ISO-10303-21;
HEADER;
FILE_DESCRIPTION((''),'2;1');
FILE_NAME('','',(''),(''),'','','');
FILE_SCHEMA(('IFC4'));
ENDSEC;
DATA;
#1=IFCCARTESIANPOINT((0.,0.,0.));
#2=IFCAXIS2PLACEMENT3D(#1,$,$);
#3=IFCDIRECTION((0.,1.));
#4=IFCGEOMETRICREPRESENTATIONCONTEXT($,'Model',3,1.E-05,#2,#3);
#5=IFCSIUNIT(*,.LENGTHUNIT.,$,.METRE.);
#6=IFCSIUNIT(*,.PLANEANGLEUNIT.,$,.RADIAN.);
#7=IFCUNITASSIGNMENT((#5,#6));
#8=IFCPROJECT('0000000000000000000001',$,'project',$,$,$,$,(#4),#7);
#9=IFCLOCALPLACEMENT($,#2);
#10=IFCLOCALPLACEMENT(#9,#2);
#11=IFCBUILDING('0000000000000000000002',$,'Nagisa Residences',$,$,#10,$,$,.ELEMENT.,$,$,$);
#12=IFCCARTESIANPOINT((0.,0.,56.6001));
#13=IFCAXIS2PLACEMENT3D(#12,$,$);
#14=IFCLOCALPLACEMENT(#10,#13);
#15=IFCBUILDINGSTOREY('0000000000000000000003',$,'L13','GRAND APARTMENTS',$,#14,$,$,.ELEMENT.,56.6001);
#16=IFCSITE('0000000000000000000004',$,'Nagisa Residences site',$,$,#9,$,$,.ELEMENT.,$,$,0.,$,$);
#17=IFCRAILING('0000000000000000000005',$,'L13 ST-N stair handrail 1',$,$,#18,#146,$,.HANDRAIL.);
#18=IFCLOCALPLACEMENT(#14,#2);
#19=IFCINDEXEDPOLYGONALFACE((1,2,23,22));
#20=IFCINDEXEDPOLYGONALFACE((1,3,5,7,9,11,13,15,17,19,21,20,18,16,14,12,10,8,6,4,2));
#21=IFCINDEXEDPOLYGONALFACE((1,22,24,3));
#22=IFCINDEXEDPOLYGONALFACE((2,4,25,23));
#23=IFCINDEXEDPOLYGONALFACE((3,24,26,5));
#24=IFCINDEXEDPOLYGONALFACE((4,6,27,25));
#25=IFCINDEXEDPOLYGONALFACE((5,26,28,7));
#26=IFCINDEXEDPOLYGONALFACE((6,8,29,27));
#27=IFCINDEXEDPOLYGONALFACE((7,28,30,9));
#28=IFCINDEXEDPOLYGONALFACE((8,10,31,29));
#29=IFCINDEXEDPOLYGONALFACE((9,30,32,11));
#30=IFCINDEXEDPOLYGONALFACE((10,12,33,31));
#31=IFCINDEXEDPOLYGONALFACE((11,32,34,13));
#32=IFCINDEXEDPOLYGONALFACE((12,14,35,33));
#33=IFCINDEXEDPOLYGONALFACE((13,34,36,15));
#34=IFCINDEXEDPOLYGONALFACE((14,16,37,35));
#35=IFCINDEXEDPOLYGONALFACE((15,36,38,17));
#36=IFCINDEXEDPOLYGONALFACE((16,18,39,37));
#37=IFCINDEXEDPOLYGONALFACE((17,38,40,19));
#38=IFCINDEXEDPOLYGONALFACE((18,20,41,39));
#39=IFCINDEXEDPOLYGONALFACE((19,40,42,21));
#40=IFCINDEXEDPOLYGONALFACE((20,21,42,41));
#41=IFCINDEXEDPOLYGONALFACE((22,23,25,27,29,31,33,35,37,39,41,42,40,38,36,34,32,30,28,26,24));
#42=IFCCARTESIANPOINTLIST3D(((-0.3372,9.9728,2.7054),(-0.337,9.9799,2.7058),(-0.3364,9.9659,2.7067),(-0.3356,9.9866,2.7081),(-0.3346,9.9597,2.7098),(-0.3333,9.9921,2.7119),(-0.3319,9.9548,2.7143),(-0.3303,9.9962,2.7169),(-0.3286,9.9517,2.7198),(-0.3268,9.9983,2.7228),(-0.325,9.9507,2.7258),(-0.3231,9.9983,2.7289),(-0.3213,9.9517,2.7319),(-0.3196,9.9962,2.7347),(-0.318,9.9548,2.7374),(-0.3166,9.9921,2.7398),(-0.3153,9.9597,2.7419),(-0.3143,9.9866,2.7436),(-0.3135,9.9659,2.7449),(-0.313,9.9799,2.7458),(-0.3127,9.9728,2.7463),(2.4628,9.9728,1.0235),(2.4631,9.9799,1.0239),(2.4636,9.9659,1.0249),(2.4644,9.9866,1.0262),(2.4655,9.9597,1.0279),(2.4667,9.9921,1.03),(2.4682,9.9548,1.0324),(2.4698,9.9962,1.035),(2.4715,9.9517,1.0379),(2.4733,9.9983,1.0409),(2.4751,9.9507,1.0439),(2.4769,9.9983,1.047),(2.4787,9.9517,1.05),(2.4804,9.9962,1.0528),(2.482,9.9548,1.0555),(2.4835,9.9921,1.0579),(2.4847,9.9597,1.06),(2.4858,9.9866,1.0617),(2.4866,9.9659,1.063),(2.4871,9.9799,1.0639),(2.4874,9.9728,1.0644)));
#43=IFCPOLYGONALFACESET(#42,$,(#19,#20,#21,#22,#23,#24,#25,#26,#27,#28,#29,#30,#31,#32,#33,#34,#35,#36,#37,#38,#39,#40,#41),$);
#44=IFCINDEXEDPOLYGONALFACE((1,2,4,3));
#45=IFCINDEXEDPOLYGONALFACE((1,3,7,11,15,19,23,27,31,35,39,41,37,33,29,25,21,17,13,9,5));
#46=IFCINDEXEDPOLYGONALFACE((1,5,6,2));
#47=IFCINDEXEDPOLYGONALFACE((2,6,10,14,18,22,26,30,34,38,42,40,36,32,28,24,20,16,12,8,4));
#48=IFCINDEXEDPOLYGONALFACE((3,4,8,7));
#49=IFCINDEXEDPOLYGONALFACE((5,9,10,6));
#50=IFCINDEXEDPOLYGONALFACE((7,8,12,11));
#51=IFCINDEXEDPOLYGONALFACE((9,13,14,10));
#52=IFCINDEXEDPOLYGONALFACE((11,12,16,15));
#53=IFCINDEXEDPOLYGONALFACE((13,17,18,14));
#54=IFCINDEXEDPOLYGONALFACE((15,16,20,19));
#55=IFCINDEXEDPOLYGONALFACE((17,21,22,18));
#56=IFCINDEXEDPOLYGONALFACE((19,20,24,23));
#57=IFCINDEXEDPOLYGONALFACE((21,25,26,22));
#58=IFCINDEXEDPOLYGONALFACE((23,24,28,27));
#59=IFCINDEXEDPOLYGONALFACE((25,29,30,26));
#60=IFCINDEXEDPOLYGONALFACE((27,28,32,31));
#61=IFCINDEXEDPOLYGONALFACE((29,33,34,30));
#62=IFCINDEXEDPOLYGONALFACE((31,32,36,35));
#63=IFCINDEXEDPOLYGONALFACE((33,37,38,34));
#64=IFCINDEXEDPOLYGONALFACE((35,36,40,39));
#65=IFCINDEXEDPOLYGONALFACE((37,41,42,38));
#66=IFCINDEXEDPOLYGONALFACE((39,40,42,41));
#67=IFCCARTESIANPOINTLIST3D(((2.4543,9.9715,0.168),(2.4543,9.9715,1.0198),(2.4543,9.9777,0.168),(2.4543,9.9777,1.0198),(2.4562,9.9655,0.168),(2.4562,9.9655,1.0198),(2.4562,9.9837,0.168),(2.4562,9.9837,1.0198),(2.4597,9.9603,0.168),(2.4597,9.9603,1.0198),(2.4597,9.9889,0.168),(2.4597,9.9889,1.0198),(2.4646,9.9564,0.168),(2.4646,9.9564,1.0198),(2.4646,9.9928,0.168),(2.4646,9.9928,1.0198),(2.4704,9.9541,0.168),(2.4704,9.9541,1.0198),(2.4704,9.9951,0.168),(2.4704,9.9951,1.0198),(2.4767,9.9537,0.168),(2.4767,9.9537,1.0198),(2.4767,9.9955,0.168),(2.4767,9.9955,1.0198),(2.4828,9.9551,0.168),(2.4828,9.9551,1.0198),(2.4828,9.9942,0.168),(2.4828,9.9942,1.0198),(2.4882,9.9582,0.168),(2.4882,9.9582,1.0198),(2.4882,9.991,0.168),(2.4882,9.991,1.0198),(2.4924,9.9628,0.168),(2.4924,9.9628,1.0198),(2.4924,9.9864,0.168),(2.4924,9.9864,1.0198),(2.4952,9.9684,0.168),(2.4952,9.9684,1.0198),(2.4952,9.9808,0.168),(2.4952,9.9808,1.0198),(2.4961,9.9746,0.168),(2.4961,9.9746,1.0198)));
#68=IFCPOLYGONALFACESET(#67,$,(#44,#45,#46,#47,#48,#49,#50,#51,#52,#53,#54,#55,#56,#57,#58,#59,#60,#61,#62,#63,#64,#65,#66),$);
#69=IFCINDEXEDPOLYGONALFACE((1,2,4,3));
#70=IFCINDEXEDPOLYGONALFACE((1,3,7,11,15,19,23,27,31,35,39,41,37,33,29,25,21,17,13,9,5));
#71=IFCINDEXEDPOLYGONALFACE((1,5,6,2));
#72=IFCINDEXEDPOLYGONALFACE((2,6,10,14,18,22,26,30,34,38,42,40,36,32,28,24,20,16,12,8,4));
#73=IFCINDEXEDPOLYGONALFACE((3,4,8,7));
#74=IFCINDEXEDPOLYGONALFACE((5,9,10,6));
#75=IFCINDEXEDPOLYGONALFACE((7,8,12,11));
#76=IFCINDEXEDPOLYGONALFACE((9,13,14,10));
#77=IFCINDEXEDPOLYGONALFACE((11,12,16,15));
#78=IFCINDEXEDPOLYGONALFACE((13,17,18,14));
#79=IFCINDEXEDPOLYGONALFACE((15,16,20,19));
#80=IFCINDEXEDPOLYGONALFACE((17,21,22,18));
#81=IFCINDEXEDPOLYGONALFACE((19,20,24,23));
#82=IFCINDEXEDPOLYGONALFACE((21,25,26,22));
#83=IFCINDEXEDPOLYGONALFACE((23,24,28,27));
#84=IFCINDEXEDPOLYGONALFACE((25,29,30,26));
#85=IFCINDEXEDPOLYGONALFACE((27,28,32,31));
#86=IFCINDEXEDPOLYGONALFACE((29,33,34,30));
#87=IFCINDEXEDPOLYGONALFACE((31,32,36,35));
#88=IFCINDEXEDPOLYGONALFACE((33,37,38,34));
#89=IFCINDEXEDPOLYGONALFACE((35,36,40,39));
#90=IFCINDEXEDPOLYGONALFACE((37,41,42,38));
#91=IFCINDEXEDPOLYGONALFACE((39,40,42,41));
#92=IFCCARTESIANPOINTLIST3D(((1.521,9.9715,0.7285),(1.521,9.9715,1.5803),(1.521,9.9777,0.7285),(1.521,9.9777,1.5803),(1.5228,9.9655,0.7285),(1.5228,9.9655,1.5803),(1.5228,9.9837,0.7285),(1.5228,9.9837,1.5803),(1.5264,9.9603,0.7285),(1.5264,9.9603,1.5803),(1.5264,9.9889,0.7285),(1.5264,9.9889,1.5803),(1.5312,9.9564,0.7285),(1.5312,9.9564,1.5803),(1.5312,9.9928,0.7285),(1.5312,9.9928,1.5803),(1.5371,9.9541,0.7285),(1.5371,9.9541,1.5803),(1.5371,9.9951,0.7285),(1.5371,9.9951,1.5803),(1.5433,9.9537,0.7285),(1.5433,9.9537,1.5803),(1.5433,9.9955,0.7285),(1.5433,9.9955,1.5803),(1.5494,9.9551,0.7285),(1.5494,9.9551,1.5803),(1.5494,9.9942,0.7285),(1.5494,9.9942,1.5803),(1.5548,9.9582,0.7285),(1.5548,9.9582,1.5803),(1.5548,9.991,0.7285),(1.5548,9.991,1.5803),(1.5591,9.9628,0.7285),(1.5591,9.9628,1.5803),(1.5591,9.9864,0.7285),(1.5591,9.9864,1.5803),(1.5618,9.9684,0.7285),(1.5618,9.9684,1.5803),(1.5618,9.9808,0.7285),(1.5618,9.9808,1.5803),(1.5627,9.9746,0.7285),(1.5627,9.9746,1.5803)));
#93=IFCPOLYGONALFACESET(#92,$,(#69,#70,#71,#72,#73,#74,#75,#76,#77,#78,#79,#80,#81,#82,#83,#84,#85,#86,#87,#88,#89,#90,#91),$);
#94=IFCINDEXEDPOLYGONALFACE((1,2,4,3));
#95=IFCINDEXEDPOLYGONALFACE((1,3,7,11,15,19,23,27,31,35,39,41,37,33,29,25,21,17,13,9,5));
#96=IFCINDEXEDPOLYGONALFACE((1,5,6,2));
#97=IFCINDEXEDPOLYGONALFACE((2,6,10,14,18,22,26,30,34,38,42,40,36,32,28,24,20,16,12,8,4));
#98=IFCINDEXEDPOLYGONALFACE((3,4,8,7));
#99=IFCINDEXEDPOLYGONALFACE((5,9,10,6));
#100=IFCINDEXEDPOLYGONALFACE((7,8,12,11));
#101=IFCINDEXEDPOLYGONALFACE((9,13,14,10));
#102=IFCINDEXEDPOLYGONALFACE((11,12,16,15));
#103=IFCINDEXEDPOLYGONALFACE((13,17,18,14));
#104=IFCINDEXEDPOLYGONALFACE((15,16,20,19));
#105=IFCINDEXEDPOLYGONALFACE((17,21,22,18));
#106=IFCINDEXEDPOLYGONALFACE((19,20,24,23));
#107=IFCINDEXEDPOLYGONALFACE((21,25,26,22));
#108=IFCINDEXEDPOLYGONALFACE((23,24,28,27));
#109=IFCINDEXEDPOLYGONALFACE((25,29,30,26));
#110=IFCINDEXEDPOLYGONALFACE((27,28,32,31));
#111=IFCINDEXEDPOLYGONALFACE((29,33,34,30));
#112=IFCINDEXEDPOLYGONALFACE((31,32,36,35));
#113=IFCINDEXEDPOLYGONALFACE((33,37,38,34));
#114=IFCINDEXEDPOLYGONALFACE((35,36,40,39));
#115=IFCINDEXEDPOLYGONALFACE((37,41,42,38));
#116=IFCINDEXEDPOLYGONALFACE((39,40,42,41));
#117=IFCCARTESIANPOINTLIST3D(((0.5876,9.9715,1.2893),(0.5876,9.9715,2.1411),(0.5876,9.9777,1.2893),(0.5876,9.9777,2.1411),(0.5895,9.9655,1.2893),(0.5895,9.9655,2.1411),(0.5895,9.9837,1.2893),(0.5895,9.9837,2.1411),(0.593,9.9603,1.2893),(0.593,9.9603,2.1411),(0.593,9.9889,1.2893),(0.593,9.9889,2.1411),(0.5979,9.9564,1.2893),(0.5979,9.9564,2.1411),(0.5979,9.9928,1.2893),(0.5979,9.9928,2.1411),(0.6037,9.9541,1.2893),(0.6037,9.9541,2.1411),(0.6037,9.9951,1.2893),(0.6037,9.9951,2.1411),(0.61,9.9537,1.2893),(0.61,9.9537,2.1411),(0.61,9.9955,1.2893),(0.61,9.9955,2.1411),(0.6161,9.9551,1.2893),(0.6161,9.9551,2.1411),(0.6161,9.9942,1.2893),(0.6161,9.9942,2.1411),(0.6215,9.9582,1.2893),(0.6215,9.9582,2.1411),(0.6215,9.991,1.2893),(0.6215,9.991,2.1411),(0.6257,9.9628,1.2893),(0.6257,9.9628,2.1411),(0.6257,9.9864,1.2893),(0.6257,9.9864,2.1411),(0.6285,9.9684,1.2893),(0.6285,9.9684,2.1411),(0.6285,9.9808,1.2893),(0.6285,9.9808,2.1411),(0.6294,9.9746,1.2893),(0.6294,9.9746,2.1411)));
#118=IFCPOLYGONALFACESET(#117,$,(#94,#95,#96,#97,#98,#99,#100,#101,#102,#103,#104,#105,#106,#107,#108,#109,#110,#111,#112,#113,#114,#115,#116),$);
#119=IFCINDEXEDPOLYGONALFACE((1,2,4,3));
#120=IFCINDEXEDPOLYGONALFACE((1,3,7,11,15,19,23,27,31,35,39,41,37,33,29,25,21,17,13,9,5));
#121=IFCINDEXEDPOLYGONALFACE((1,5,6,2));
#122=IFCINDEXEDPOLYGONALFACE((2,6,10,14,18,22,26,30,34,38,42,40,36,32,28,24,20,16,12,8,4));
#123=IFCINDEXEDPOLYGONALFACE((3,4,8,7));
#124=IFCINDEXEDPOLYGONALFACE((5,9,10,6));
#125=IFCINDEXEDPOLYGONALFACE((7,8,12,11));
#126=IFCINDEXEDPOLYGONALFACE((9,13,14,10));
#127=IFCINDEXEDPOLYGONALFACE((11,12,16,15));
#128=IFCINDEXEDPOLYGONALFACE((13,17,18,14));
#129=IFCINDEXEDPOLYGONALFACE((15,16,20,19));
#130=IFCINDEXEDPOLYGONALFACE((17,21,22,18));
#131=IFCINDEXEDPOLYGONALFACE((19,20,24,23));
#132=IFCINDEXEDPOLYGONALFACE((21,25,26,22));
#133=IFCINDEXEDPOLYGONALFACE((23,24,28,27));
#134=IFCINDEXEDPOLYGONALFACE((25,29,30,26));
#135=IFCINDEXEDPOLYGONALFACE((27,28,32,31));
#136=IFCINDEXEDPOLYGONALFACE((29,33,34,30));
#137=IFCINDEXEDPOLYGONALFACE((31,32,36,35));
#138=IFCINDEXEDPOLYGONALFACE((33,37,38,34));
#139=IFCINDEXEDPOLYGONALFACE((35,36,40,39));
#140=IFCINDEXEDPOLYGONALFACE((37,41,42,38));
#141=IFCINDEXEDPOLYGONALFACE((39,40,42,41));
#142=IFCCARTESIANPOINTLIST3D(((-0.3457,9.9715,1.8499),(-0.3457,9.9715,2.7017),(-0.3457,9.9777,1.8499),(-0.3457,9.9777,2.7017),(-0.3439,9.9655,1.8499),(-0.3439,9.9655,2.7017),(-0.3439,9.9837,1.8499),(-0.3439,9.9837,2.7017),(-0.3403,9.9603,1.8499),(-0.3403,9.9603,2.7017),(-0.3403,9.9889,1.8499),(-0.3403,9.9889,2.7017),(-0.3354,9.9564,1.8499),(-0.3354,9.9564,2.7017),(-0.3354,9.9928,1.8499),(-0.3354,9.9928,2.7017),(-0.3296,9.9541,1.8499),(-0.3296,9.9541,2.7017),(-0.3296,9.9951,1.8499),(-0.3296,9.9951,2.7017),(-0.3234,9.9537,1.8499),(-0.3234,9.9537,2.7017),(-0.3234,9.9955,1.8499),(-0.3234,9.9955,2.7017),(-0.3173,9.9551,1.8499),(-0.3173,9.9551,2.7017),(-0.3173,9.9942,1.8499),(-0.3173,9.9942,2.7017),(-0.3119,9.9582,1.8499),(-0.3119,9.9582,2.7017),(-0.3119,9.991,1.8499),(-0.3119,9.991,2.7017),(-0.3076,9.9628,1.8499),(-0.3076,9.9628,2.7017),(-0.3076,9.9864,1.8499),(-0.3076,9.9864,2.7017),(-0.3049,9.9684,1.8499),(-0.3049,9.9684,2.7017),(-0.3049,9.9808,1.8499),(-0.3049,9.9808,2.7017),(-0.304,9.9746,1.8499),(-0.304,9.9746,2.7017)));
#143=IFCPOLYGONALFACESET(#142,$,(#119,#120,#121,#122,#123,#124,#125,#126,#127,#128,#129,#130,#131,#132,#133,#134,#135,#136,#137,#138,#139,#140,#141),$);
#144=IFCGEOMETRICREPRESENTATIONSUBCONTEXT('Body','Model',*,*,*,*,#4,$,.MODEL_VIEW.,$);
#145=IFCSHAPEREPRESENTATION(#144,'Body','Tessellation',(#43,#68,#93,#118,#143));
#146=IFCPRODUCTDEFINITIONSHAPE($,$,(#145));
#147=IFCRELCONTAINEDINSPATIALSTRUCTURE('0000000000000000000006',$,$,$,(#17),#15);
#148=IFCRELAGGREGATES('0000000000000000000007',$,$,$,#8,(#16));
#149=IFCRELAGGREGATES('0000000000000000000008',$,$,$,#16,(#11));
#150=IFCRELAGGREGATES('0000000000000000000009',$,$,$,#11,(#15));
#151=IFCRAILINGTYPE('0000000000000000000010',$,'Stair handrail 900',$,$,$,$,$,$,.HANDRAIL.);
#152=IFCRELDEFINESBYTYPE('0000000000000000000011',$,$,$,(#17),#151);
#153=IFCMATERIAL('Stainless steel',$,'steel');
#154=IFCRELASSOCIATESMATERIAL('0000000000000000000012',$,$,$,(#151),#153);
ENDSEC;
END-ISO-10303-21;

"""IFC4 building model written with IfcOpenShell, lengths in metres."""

from ifc_helpers import new_model, si_unit, direction, frame, origin, origin_2d, place, context, subcontext, project, spatial, circle, extrude, material, type_object, element, save


model = new_model("IFC4")

# Units and contexts
model_context = context("Model", 3, precision=1e-05, world=origin(), true_north=direction((0.0, 1.0)))
body_context = subcontext(model_context, "Body", "Model", "MODEL_VIEW")
ifc_project = project(units=[si_unit("LENGTHUNIT", "METRE"), si_unit("PLANEANGLEUNIT", "RADIAN")], contexts=[model_context])

# Site, building, storey
site_placement = place(None, origin())
site = spatial("IfcSite", under=ifc_project, at=site_placement, Name="Nagisa Residences site", CompositionType="ELEMENT", RefElevation=0.0)
building_placement = place(site_placement, origin())
building = spatial("IfcBuilding", under=site, at=building_placement, Name="Nagisa Residences", CompositionType="ELEMENT")
storey_placement = place(building_placement, frame((0.0, 0.0, 56.6001)))
storey = spatial("IfcBuildingStorey", under=building, at=storey_placement, Name="L13", Description="GRAND APARTMENTS", CompositionType="ELEMENT", Elevation=56.6001)

# Railing
ifc_material_1 = material(Name="Stainless steel", Category="steel")
railing_type_1 = type_object("IfcRailingType", Name="Stair handrail 900", PredefinedType="HANDRAIL", material=ifc_material_1)
railing_1_placement = place(storey_placement, frame((2.4751, 9.9746, 0.168)))
element("IfcRailing", 1, at=railing_1_placement, inside=storey, type_object=railing_type_1, Name="L13 ST-N stair handrail 1", PredefinedType="HANDRAIL", context=body_context, shape_type="SweptSolid", body=[
    extrude(circle(Radius=0.0239, at=origin_2d()), frame((0.0, 0.0, 0.876), z_axis=(-0.857242, 0.0, 0.514913), x_axis=(0.0, -1.0, 0.0)), (0.0, 0.0, 1.0), 3.2664),
    extrude(circle(Radius=0.021, at=origin_2d()), origin(), (0.0, 0.0, 1.0), 0.8518),
    extrude(circle(Radius=0.021, at=origin_2d()), frame((-0.9333, 0.0, 0.5605)), (0.0, 0.0, 1.0), 0.8518),
    extrude(circle(Radius=0.021, at=origin_2d()), frame((-1.8667, 0.0, 1.1213)), (0.0, 0.0, 1.0), 0.8518),
    extrude(circle(Radius=0.021, at=origin_2d()), frame((-2.8, 0.0, 1.6819)), (0.0, 0.0, 1.0), 0.8518),
])

save(model, "model.ifc")
